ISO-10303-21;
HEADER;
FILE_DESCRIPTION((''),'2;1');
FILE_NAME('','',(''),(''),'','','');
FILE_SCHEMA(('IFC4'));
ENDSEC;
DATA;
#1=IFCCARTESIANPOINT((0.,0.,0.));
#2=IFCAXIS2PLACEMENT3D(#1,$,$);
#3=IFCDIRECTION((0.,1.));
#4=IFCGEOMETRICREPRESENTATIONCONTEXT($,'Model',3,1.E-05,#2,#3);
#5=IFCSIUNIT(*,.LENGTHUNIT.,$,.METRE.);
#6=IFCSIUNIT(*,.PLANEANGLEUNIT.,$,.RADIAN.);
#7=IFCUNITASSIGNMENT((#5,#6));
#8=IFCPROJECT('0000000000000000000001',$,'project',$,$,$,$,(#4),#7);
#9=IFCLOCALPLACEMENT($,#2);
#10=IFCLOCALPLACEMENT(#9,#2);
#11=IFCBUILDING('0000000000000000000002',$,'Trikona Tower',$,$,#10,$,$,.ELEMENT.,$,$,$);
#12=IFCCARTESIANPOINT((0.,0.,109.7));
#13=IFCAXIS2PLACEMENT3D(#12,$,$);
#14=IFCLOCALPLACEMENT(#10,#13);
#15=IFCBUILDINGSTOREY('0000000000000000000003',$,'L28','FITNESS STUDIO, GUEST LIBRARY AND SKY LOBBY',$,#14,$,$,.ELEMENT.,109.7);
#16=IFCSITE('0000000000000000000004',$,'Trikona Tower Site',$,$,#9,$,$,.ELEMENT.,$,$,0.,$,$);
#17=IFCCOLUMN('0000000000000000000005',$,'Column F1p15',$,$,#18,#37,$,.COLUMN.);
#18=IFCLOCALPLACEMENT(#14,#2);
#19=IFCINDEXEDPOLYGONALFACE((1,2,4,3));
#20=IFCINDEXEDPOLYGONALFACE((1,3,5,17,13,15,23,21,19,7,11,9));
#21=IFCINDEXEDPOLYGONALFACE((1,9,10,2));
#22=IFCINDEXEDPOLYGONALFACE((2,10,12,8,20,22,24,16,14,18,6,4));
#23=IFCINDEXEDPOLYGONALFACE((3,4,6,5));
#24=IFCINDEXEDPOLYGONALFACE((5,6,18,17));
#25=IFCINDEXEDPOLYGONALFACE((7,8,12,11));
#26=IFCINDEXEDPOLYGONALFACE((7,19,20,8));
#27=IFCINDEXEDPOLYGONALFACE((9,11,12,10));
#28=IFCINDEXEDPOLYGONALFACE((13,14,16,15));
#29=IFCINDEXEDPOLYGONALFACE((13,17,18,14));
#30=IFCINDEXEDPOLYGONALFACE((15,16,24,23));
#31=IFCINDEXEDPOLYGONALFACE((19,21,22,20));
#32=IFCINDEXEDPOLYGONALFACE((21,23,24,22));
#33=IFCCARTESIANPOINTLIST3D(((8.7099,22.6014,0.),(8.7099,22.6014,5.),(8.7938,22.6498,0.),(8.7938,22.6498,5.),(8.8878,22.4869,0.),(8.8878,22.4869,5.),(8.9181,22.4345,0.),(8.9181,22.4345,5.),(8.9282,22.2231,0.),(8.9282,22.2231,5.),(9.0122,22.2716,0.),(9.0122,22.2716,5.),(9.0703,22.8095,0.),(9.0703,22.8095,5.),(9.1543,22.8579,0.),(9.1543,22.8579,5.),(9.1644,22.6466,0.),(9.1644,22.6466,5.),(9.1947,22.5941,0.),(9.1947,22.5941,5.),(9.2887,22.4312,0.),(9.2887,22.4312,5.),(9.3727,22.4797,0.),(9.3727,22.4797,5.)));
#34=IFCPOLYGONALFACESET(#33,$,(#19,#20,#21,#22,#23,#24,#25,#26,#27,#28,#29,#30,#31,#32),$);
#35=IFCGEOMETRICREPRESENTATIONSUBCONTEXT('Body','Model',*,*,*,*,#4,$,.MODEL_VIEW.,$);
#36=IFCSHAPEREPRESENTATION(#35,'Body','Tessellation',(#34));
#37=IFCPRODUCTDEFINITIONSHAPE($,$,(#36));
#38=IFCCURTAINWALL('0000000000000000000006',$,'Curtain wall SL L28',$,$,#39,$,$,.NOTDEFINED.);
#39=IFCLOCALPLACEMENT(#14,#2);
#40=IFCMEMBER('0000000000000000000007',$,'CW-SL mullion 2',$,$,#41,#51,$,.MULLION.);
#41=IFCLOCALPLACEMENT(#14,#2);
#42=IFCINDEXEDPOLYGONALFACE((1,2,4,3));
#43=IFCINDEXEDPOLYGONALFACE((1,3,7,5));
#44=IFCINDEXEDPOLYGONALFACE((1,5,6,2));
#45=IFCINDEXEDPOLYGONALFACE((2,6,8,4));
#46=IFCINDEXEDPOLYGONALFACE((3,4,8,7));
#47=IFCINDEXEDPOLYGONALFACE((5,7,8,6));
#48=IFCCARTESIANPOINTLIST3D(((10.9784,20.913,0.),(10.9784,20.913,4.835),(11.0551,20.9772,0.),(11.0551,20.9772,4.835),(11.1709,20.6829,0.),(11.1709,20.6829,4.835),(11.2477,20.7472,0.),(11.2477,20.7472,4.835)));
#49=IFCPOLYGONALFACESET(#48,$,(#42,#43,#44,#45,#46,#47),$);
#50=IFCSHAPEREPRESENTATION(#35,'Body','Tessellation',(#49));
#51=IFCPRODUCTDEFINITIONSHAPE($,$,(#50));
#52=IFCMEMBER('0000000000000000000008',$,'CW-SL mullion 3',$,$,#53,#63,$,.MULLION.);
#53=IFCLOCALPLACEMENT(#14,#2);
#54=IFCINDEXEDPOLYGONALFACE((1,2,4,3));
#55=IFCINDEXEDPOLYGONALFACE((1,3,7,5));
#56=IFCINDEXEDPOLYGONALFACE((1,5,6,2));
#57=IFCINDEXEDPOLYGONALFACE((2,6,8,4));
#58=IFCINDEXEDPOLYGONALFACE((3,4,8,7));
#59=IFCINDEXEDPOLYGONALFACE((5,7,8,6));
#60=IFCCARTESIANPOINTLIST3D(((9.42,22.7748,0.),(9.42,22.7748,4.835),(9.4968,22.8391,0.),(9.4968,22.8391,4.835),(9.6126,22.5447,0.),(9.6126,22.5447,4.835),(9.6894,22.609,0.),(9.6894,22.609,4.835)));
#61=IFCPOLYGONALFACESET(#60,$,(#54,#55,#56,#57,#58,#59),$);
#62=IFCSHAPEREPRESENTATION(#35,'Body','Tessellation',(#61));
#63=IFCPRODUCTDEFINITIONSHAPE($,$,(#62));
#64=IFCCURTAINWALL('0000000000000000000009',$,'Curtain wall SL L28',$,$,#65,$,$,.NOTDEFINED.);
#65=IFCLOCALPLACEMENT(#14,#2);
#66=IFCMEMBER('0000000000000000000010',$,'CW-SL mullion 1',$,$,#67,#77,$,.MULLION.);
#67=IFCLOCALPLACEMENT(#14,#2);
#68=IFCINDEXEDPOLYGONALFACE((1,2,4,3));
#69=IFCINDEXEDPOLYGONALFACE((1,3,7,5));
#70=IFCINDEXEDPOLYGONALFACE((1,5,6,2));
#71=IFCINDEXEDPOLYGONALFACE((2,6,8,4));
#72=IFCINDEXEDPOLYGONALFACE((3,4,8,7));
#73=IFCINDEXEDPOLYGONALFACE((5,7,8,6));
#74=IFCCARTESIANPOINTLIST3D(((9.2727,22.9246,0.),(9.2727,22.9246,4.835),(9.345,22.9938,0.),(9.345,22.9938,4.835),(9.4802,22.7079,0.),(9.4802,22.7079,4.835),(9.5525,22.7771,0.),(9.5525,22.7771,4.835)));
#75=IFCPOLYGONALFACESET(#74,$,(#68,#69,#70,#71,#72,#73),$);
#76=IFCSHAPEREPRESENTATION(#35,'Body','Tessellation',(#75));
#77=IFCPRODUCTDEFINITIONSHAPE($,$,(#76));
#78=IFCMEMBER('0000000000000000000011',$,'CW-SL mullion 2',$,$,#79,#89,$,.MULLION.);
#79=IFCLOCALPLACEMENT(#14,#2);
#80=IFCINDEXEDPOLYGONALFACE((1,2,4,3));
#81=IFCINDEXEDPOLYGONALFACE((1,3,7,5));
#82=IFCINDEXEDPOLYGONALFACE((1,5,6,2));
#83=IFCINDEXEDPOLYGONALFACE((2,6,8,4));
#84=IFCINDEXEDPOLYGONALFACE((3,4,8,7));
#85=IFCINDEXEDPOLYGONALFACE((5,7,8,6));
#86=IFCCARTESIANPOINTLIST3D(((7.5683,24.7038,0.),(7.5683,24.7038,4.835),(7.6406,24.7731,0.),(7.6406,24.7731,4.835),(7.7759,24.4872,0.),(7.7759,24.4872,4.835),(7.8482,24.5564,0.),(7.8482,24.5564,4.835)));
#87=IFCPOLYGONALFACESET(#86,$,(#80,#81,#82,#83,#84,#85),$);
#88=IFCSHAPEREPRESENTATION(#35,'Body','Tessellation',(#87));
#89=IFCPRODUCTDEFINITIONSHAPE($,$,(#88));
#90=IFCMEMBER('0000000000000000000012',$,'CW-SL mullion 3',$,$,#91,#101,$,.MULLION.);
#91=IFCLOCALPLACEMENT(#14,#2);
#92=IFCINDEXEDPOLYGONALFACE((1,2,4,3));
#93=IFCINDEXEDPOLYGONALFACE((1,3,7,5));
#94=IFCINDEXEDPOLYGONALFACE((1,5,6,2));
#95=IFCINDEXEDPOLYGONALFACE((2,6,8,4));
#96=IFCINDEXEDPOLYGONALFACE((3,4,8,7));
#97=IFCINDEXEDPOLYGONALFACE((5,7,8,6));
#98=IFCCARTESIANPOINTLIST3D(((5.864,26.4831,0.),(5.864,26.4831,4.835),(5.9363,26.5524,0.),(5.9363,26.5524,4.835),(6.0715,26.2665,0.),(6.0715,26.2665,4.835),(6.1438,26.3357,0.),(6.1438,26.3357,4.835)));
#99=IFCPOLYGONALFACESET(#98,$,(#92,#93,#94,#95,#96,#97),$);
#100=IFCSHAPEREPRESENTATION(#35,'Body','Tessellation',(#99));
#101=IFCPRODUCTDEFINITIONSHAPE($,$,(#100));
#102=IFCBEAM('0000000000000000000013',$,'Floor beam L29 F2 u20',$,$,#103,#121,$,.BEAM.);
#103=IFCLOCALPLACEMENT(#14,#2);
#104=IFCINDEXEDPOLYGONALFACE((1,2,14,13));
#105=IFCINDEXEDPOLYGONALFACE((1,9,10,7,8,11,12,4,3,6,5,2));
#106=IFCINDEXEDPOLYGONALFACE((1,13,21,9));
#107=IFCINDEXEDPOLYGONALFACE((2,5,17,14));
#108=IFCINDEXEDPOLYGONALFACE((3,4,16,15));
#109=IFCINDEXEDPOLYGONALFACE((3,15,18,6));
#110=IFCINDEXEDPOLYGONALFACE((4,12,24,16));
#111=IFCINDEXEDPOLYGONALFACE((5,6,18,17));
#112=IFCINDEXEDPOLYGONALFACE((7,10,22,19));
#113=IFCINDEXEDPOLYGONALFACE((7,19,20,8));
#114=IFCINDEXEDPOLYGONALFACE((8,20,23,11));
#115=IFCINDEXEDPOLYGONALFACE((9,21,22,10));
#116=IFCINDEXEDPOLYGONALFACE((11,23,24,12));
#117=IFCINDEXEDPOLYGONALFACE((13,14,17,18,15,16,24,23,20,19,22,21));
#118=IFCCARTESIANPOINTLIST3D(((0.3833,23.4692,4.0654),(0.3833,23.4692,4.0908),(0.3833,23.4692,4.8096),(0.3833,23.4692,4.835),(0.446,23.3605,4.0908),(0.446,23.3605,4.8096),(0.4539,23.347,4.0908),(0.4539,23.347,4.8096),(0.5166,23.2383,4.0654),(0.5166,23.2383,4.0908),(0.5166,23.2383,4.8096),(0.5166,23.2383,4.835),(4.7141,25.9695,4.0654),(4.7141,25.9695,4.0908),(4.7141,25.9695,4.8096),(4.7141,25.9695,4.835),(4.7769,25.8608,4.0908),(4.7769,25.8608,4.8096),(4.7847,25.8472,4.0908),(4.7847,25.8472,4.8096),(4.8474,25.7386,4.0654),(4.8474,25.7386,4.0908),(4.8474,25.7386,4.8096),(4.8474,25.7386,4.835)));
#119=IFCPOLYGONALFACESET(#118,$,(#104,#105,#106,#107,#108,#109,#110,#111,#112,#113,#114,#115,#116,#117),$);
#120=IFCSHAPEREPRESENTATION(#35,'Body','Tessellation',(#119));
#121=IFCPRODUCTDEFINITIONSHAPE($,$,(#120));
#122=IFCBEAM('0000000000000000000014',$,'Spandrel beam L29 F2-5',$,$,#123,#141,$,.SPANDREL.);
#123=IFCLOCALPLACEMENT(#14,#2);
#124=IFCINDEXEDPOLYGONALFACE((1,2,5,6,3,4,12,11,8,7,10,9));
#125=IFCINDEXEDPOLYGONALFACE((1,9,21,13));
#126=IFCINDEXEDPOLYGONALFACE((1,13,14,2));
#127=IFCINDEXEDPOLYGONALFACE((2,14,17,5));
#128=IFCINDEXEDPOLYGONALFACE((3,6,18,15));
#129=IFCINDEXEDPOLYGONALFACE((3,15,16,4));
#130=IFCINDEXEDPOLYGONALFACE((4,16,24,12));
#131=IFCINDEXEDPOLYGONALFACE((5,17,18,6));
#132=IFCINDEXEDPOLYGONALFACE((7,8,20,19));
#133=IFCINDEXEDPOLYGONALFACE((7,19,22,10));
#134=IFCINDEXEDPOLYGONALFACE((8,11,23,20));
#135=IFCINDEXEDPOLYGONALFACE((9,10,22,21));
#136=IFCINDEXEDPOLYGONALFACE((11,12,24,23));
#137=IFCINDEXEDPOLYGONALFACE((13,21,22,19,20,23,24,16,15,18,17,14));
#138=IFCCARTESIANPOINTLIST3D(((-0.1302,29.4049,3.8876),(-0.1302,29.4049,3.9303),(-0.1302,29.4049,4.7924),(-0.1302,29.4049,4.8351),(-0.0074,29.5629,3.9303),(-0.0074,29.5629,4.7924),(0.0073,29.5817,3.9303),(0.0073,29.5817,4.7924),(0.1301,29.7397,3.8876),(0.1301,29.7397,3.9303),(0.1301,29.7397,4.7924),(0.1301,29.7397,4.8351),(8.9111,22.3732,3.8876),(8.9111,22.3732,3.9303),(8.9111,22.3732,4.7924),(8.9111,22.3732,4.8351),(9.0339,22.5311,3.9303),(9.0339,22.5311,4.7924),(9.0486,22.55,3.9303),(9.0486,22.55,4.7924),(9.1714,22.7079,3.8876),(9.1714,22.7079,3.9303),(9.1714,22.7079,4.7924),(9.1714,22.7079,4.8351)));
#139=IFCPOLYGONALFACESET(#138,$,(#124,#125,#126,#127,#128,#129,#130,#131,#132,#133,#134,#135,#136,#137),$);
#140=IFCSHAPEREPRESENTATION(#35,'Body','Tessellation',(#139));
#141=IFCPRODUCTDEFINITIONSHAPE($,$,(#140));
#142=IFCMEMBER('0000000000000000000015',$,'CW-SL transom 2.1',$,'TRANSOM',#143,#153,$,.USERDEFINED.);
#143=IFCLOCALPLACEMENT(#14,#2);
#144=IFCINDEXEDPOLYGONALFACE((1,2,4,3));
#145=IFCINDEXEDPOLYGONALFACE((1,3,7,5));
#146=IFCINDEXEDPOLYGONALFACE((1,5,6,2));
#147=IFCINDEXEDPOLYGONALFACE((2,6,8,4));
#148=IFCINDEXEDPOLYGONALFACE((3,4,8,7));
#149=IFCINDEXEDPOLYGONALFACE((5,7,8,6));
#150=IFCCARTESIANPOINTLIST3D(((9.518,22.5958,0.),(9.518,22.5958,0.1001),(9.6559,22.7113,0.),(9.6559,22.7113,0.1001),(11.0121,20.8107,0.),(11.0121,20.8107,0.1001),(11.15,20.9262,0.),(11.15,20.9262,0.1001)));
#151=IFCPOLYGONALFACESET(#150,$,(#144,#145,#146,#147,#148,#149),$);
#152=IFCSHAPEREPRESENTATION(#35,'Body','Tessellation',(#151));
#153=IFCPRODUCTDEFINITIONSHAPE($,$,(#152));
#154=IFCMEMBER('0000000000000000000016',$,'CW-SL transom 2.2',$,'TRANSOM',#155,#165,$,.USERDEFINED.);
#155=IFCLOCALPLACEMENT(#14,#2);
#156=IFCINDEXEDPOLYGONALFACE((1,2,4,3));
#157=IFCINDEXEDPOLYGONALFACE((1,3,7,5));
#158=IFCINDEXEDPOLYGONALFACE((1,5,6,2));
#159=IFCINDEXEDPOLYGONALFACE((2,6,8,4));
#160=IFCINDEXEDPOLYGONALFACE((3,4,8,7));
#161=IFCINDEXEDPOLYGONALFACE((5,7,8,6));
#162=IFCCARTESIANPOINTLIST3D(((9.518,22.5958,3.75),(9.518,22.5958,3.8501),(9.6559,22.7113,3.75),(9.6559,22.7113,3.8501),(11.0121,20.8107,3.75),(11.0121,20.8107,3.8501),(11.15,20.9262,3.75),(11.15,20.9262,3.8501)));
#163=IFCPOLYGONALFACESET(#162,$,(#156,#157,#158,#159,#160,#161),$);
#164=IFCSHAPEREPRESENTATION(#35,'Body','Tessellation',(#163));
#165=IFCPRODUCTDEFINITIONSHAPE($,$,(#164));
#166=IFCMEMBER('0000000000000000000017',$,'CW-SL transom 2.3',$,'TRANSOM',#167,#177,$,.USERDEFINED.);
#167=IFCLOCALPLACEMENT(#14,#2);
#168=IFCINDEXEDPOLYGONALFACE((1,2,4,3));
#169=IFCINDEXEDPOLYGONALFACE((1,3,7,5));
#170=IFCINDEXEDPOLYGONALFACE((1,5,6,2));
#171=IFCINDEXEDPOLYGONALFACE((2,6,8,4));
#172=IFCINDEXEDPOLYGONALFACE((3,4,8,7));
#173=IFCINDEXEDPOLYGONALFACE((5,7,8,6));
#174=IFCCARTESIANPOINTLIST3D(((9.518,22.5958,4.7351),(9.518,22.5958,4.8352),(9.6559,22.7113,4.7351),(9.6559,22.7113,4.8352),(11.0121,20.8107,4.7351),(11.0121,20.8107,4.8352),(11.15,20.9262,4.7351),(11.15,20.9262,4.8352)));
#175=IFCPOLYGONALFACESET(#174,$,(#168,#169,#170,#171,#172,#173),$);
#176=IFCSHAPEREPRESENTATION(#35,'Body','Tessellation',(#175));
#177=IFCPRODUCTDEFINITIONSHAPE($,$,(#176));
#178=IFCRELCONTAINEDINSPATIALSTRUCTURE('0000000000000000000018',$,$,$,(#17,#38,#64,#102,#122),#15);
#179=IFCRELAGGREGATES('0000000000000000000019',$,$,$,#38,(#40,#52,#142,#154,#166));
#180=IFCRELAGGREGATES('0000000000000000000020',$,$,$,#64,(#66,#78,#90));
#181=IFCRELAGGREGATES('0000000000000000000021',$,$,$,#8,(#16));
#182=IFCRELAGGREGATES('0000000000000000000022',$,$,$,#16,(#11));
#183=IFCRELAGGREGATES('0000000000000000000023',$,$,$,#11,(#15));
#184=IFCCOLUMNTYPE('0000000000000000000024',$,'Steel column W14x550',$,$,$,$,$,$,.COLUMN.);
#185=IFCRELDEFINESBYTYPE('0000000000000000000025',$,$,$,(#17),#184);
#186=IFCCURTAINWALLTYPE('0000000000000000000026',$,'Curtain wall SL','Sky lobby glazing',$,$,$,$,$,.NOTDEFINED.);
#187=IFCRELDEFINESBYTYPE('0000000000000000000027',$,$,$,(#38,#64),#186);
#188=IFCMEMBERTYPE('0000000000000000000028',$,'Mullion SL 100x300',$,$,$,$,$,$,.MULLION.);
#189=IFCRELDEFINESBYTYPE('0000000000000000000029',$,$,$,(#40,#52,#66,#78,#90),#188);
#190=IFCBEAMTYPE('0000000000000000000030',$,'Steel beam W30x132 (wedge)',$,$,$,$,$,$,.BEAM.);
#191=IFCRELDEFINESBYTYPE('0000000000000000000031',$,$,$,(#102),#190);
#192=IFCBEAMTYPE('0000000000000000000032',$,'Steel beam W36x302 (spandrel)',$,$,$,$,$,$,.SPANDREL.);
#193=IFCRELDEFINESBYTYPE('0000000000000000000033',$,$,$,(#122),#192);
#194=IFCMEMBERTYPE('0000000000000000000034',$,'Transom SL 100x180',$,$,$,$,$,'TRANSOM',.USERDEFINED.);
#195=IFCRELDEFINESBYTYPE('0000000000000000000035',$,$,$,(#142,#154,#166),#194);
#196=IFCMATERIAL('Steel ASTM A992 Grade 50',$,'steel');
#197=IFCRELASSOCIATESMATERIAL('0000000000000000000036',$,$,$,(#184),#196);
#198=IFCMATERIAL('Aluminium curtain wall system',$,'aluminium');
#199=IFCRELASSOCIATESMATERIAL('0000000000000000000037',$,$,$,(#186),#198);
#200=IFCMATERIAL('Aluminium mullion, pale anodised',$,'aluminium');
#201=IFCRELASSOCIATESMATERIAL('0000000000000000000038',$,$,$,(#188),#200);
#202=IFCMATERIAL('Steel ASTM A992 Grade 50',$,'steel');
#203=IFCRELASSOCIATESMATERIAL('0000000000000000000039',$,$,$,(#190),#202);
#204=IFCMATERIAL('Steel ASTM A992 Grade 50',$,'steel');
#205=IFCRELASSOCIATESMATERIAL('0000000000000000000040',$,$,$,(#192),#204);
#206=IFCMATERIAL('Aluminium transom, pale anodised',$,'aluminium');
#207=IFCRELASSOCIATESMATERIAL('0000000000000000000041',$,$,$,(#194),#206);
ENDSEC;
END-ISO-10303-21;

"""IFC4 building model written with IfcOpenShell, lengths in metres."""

from ifc_helpers import new_model, si_unit, direction, frame, origin, origin_2d, place, context, subcontext, project, spatial, rectangle, i_section, extrude, material, material_profile, profile_set, type_object, element, aggregate, save


model = new_model("IFC4")

# Units and contexts
model_context = context("Model", 3, precision=1e-05, world=origin(), true_north=direction((0.0, 1.0)))
body_context = subcontext(model_context, "Body", "Model", "MODEL_VIEW")
ifc_project = project(units=[si_unit("LENGTHUNIT", "METRE"), si_unit("PLANEANGLEUNIT", "RADIAN")], contexts=[model_context])

# Site, building, storey
site_placement = place(None, origin())
site = spatial("IfcSite", under=ifc_project, at=site_placement, Name="Trikona Tower Site", CompositionType="ELEMENT", RefElevation=0.0)
building_placement = place(site_placement, origin())
building = spatial("IfcBuilding", under=site, at=building_placement, Name="Trikona Tower", CompositionType="ELEMENT")
storey_placement = place(building_placement, frame((0.0, 0.0, 109.7)))
storey = spatial("IfcBuildingStorey", under=building, at=storey_placement, Name="L28", Description="FITNESS STUDIO, GUEST LIBRARY AND SKY LOBBY", CompositionType="ELEMENT", Elevation=109.7)

# Column
ifc_material_1 = material(Name="Steel ASTM A992 Grade 50", Category="steel")
ifc_material_profile_1 = material_profile(ifc_material_1, i_section(OverallWidth=0.4368, OverallDepth=0.5132, WebThickness=0.0605, FlangeThickness=0.0969, at=origin_2d()), Name="W14X550")
ifc_profile_set_1 = profile_set([ifc_material_profile_1], Name="Steel ASTM A992 Grade 50")
column_type = type_object("IfcColumnType", Name="Steel column W14x550", PredefinedType="COLUMN", material=ifc_profile_set_1)
column_placement = place(storey_placement, frame((9.0413, 22.5405, 0.0), z_axis=(0.0, 0.0, 1.0), x_axis=(-0.5, 0.866025, 0.0)))
element("IfcColumn", 1, at=column_placement, inside=storey, type_object=column_type, Name="Column F1p15", PredefinedType="COLUMN", context=body_context, shape_type="SweptSolid", body=[
    extrude(i_section(OverallWidth=0.4368, OverallDepth=0.5132, WebThickness=0.0605, FlangeThickness=0.0969, at=origin_2d()), origin(), (0.0, 0.0, 1.0), 5.0),
])

# Curtain walls, members
ifc_material_2 = material(Name="Aluminium curtain wall system", Category="aluminium")
curtain_wall_type = type_object("IfcCurtainWallType", Name="Curtain wall SL", Description="Sky lobby glazing", PredefinedType="NOTDEFINED", material=ifc_material_2)
curtain_wall_1_placement = place(storey_placement, origin())
curtain_wall_1 = element("IfcCurtainWall", 2, at=curtain_wall_1_placement, inside=storey, type_object=curtain_wall_type, Name="Curtain wall SL L28", PredefinedType="NOTDEFINED")
ifc_material_3 = material(Name="Aluminium mullion, pale anodised", Category="aluminium")
ifc_material_profile_2 = material_profile(ifc_material_3, rectangle(XDim=0.1001, YDim=0.3, at=origin_2d()), Name="MUL-SL")
ifc_profile_set_2 = profile_set([ifc_material_profile_2], Name="Aluminium mullion, pale anodised")
member_type_1 = type_object("IfcMemberType", Name="Mullion SL 100x300", PredefinedType="MULLION", material=ifc_profile_set_2)
member_1_placement = place(storey_placement, frame((11.113, 20.8301, 0.0), z_axis=(0.0, 0.0, 1.0), x_axis=(-0.766867, -0.641806, 0.0)))
member_1 = element("IfcMember", 3, at=member_1_placement, type_object=member_type_1, Name="CW-SL mullion 2", PredefinedType="MULLION", context=body_context, shape_type="SweptSolid", body=[
    extrude(rectangle(XDim=0.1001, YDim=0.3, at=origin_2d()), origin(), (0.0, 0.0, 1.0), 4.835),
])
member_2_placement = place(storey_placement, frame((9.5547, 22.6919, 0.0), z_axis=(0.0, 0.0, 1.0), x_axis=(-0.766867, -0.641806, 0.0)))
member_2 = element("IfcMember", 4, at=member_2_placement, type_object=member_type_1, Name="CW-SL mullion 3", PredefinedType="MULLION", context=body_context, shape_type="SweptSolid", body=[
    extrude(rectangle(XDim=0.1001, YDim=0.3, at=origin_2d()), origin(), (0.0, 0.0, 1.0), 4.835),
])
curtain_wall_2_placement = place(storey_placement, origin())
curtain_wall_2 = element("IfcCurtainWall", 5, at=curtain_wall_2_placement, inside=storey, type_object=curtain_wall_type, Name="Curtain wall SL L28", PredefinedType="NOTDEFINED")
member_3_placement = place(storey_placement, frame((9.4126, 22.8508, 0.0), z_axis=(0.0, 0.0, 1.0), x_axis=(-0.722158, -0.691728, 0.0)))
member_3 = element("IfcMember", 6, at=member_3_placement, type_object=member_type_1, Name="CW-SL mullion 1", PredefinedType="MULLION", context=body_context, shape_type="SweptSolid", body=[
    extrude(rectangle(XDim=0.1001, YDim=0.3, at=origin_2d()), origin(), (0.0, 0.0, 1.0), 4.835),
])
member_4_placement = place(storey_placement, frame((7.7083, 24.6301, 0.0), z_axis=(0.0, 0.0, 1.0), x_axis=(-0.722158, -0.691728, 0.0)))
member_4 = element("IfcMember", 7, at=member_4_placement, type_object=member_type_1, Name="CW-SL mullion 2", PredefinedType="MULLION", context=body_context, shape_type="SweptSolid", body=[
    extrude(rectangle(XDim=0.1001, YDim=0.3, at=origin_2d()), origin(), (0.0, 0.0, 1.0), 4.835),
])
member_5_placement = place(storey_placement, frame((6.0039, 26.4094, 0.0), z_axis=(0.0, 0.0, 1.0), x_axis=(-0.722158, -0.691728, 0.0)))
member_5 = element("IfcMember", 8, at=member_5_placement, type_object=member_type_1, Name="CW-SL mullion 3", PredefinedType="MULLION", context=body_context, shape_type="SweptSolid", body=[
    extrude(rectangle(XDim=0.1001, YDim=0.3, at=origin_2d()), origin(), (0.0, 0.0, 1.0), 4.835),
])

# Beams
ifc_material_4 = material(Name="Steel ASTM A992 Grade 50", Category="steel")
ifc_material_profile_3 = material_profile(ifc_material_4, i_section(OverallWidth=0.2666, OverallDepth=0.7695, WebThickness=0.0156, FlangeThickness=0.0254, at=origin_2d()), Name="W30X132")
ifc_profile_set_3 = profile_set([ifc_material_profile_3], Name="Steel ASTM A992 Grade 50")
beam_type_1 = type_object("IfcBeamType", Name="Steel beam W30x132 (wedge)", PredefinedType="BEAM", material=ifc_profile_set_3)
beam_1_placement = place(storey_placement, frame((0.45, 23.3538, 4.4502), z_axis=(0.866038, 0.499977, 0.0), x_axis=(-0.499977, 0.866038, 0.0)))
element("IfcBeam", 9, at=beam_1_placement, inside=storey, type_object=beam_type_1, Name="Floor beam L29 F2 u20", PredefinedType="BEAM", context=body_context, shape_type="SweptSolid", body=[
    extrude(i_section(OverallWidth=0.2666, OverallDepth=0.7695, WebThickness=0.0156, FlangeThickness=0.0254, at=origin_2d()), origin(), (0.0, 0.0, 1.0), 5.0007),
])
ifc_material_5 = material(Name="Steel ASTM A992 Grade 50", Category="steel")
ifc_material_profile_4 = material_profile(ifc_material_5, i_section(OverallWidth=0.4241, OverallDepth=0.9475, WebThickness=0.0239, FlangeThickness=0.0427, at=origin_2d()), Name="W36X302")
ifc_profile_set_4 = profile_set([ifc_material_profile_4], Name="Steel ASTM A992 Grade 50")
beam_type_2 = type_object("IfcBeamType", Name="Steel beam W36x302 (spandrel)", PredefinedType="SPANDREL", material=ifc_profile_set_4)
beam_2_placement = place(storey_placement, frame((9.0413, 22.5405, 4.3613), z_axis=(-0.789367, 0.613921, 0.0), x_axis=(-0.613921, -0.789367, 0.0)))
element("IfcBeam", 10, at=beam_2_placement, inside=storey, type_object=beam_type_2, Name="Spandrel beam L29 F2-5", PredefinedType="SPANDREL", context=body_context, shape_type="SweptSolid", body=[
    extrude(i_section(OverallWidth=0.4241, OverallDepth=0.9475, WebThickness=0.0239, FlangeThickness=0.0427, at=origin_2d()), origin(), (0.0, 0.0, 1.0), 11.4539),
])

# Members
ifc_material_6 = material(Name="Aluminium transom, pale anodised", Category="aluminium")
ifc_material_profile_5 = material_profile(ifc_material_6, rectangle(XDim=0.1799, YDim=0.1001, at=origin_2d()), Name="TRN-SL")
ifc_profile_set_5 = profile_set([ifc_material_profile_5], Name="Aluminium transom, pale anodised")
member_type_2 = type_object("IfcMemberType", Name="Transom SL 100x180", ElementType="TRANSOM", PredefinedType="USERDEFINED", material=ifc_profile_set_5)
member_6_placement = place(storey_placement, frame((11.0811, 20.8684, 0.05), z_axis=(-0.641833, 0.766844, 0.0), x_axis=(-0.766844, -0.641833, 0.0)))
member_6 = element("IfcMember", 11, at=member_6_placement, type_object=member_type_2, Name="CW-SL transom 2.1", ObjectType="TRANSOM", PredefinedType="USERDEFINED", context=body_context, shape_type="SweptSolid", body=[
    extrude(rectangle(XDim=0.1799, YDim=0.1001, at=origin_2d()), origin(), (0.0, 0.0, 1.0), 2.3279),
])
member_7_placement = place(storey_placement, frame((11.0811, 20.8684, 3.8), z_axis=(-0.641833, 0.766844, 0.0), x_axis=(-0.766844, -0.641833, 0.0)))
member_7 = element("IfcMember", 12, at=member_7_placement, type_object=member_type_2, Name="CW-SL transom 2.2", ObjectType="TRANSOM", PredefinedType="USERDEFINED", context=body_context, shape_type="SweptSolid", body=[
    extrude(rectangle(XDim=0.1799, YDim=0.1001, at=origin_2d()), origin(), (0.0, 0.0, 1.0), 2.3279),
])
member_8_placement = place(storey_placement, frame((11.0811, 20.8684, 4.7852), z_axis=(-0.641833, 0.766844, 0.0), x_axis=(-0.766844, -0.641833, 0.0)))
member_8 = element("IfcMember", 13, at=member_8_placement, type_object=member_type_2, Name="CW-SL transom 2.3", ObjectType="TRANSOM", PredefinedType="USERDEFINED", context=body_context, shape_type="SweptSolid", body=[
    extrude(rectangle(XDim=0.1799, YDim=0.1001, at=origin_2d()), origin(), (0.0, 0.0, 1.0), 2.3279),
])

aggregate(curtain_wall_1, [member_1, member_2, member_6, member_7, member_8])
aggregate(curtain_wall_2, [member_3, member_4, member_5])

save(model, "model.ifc")
